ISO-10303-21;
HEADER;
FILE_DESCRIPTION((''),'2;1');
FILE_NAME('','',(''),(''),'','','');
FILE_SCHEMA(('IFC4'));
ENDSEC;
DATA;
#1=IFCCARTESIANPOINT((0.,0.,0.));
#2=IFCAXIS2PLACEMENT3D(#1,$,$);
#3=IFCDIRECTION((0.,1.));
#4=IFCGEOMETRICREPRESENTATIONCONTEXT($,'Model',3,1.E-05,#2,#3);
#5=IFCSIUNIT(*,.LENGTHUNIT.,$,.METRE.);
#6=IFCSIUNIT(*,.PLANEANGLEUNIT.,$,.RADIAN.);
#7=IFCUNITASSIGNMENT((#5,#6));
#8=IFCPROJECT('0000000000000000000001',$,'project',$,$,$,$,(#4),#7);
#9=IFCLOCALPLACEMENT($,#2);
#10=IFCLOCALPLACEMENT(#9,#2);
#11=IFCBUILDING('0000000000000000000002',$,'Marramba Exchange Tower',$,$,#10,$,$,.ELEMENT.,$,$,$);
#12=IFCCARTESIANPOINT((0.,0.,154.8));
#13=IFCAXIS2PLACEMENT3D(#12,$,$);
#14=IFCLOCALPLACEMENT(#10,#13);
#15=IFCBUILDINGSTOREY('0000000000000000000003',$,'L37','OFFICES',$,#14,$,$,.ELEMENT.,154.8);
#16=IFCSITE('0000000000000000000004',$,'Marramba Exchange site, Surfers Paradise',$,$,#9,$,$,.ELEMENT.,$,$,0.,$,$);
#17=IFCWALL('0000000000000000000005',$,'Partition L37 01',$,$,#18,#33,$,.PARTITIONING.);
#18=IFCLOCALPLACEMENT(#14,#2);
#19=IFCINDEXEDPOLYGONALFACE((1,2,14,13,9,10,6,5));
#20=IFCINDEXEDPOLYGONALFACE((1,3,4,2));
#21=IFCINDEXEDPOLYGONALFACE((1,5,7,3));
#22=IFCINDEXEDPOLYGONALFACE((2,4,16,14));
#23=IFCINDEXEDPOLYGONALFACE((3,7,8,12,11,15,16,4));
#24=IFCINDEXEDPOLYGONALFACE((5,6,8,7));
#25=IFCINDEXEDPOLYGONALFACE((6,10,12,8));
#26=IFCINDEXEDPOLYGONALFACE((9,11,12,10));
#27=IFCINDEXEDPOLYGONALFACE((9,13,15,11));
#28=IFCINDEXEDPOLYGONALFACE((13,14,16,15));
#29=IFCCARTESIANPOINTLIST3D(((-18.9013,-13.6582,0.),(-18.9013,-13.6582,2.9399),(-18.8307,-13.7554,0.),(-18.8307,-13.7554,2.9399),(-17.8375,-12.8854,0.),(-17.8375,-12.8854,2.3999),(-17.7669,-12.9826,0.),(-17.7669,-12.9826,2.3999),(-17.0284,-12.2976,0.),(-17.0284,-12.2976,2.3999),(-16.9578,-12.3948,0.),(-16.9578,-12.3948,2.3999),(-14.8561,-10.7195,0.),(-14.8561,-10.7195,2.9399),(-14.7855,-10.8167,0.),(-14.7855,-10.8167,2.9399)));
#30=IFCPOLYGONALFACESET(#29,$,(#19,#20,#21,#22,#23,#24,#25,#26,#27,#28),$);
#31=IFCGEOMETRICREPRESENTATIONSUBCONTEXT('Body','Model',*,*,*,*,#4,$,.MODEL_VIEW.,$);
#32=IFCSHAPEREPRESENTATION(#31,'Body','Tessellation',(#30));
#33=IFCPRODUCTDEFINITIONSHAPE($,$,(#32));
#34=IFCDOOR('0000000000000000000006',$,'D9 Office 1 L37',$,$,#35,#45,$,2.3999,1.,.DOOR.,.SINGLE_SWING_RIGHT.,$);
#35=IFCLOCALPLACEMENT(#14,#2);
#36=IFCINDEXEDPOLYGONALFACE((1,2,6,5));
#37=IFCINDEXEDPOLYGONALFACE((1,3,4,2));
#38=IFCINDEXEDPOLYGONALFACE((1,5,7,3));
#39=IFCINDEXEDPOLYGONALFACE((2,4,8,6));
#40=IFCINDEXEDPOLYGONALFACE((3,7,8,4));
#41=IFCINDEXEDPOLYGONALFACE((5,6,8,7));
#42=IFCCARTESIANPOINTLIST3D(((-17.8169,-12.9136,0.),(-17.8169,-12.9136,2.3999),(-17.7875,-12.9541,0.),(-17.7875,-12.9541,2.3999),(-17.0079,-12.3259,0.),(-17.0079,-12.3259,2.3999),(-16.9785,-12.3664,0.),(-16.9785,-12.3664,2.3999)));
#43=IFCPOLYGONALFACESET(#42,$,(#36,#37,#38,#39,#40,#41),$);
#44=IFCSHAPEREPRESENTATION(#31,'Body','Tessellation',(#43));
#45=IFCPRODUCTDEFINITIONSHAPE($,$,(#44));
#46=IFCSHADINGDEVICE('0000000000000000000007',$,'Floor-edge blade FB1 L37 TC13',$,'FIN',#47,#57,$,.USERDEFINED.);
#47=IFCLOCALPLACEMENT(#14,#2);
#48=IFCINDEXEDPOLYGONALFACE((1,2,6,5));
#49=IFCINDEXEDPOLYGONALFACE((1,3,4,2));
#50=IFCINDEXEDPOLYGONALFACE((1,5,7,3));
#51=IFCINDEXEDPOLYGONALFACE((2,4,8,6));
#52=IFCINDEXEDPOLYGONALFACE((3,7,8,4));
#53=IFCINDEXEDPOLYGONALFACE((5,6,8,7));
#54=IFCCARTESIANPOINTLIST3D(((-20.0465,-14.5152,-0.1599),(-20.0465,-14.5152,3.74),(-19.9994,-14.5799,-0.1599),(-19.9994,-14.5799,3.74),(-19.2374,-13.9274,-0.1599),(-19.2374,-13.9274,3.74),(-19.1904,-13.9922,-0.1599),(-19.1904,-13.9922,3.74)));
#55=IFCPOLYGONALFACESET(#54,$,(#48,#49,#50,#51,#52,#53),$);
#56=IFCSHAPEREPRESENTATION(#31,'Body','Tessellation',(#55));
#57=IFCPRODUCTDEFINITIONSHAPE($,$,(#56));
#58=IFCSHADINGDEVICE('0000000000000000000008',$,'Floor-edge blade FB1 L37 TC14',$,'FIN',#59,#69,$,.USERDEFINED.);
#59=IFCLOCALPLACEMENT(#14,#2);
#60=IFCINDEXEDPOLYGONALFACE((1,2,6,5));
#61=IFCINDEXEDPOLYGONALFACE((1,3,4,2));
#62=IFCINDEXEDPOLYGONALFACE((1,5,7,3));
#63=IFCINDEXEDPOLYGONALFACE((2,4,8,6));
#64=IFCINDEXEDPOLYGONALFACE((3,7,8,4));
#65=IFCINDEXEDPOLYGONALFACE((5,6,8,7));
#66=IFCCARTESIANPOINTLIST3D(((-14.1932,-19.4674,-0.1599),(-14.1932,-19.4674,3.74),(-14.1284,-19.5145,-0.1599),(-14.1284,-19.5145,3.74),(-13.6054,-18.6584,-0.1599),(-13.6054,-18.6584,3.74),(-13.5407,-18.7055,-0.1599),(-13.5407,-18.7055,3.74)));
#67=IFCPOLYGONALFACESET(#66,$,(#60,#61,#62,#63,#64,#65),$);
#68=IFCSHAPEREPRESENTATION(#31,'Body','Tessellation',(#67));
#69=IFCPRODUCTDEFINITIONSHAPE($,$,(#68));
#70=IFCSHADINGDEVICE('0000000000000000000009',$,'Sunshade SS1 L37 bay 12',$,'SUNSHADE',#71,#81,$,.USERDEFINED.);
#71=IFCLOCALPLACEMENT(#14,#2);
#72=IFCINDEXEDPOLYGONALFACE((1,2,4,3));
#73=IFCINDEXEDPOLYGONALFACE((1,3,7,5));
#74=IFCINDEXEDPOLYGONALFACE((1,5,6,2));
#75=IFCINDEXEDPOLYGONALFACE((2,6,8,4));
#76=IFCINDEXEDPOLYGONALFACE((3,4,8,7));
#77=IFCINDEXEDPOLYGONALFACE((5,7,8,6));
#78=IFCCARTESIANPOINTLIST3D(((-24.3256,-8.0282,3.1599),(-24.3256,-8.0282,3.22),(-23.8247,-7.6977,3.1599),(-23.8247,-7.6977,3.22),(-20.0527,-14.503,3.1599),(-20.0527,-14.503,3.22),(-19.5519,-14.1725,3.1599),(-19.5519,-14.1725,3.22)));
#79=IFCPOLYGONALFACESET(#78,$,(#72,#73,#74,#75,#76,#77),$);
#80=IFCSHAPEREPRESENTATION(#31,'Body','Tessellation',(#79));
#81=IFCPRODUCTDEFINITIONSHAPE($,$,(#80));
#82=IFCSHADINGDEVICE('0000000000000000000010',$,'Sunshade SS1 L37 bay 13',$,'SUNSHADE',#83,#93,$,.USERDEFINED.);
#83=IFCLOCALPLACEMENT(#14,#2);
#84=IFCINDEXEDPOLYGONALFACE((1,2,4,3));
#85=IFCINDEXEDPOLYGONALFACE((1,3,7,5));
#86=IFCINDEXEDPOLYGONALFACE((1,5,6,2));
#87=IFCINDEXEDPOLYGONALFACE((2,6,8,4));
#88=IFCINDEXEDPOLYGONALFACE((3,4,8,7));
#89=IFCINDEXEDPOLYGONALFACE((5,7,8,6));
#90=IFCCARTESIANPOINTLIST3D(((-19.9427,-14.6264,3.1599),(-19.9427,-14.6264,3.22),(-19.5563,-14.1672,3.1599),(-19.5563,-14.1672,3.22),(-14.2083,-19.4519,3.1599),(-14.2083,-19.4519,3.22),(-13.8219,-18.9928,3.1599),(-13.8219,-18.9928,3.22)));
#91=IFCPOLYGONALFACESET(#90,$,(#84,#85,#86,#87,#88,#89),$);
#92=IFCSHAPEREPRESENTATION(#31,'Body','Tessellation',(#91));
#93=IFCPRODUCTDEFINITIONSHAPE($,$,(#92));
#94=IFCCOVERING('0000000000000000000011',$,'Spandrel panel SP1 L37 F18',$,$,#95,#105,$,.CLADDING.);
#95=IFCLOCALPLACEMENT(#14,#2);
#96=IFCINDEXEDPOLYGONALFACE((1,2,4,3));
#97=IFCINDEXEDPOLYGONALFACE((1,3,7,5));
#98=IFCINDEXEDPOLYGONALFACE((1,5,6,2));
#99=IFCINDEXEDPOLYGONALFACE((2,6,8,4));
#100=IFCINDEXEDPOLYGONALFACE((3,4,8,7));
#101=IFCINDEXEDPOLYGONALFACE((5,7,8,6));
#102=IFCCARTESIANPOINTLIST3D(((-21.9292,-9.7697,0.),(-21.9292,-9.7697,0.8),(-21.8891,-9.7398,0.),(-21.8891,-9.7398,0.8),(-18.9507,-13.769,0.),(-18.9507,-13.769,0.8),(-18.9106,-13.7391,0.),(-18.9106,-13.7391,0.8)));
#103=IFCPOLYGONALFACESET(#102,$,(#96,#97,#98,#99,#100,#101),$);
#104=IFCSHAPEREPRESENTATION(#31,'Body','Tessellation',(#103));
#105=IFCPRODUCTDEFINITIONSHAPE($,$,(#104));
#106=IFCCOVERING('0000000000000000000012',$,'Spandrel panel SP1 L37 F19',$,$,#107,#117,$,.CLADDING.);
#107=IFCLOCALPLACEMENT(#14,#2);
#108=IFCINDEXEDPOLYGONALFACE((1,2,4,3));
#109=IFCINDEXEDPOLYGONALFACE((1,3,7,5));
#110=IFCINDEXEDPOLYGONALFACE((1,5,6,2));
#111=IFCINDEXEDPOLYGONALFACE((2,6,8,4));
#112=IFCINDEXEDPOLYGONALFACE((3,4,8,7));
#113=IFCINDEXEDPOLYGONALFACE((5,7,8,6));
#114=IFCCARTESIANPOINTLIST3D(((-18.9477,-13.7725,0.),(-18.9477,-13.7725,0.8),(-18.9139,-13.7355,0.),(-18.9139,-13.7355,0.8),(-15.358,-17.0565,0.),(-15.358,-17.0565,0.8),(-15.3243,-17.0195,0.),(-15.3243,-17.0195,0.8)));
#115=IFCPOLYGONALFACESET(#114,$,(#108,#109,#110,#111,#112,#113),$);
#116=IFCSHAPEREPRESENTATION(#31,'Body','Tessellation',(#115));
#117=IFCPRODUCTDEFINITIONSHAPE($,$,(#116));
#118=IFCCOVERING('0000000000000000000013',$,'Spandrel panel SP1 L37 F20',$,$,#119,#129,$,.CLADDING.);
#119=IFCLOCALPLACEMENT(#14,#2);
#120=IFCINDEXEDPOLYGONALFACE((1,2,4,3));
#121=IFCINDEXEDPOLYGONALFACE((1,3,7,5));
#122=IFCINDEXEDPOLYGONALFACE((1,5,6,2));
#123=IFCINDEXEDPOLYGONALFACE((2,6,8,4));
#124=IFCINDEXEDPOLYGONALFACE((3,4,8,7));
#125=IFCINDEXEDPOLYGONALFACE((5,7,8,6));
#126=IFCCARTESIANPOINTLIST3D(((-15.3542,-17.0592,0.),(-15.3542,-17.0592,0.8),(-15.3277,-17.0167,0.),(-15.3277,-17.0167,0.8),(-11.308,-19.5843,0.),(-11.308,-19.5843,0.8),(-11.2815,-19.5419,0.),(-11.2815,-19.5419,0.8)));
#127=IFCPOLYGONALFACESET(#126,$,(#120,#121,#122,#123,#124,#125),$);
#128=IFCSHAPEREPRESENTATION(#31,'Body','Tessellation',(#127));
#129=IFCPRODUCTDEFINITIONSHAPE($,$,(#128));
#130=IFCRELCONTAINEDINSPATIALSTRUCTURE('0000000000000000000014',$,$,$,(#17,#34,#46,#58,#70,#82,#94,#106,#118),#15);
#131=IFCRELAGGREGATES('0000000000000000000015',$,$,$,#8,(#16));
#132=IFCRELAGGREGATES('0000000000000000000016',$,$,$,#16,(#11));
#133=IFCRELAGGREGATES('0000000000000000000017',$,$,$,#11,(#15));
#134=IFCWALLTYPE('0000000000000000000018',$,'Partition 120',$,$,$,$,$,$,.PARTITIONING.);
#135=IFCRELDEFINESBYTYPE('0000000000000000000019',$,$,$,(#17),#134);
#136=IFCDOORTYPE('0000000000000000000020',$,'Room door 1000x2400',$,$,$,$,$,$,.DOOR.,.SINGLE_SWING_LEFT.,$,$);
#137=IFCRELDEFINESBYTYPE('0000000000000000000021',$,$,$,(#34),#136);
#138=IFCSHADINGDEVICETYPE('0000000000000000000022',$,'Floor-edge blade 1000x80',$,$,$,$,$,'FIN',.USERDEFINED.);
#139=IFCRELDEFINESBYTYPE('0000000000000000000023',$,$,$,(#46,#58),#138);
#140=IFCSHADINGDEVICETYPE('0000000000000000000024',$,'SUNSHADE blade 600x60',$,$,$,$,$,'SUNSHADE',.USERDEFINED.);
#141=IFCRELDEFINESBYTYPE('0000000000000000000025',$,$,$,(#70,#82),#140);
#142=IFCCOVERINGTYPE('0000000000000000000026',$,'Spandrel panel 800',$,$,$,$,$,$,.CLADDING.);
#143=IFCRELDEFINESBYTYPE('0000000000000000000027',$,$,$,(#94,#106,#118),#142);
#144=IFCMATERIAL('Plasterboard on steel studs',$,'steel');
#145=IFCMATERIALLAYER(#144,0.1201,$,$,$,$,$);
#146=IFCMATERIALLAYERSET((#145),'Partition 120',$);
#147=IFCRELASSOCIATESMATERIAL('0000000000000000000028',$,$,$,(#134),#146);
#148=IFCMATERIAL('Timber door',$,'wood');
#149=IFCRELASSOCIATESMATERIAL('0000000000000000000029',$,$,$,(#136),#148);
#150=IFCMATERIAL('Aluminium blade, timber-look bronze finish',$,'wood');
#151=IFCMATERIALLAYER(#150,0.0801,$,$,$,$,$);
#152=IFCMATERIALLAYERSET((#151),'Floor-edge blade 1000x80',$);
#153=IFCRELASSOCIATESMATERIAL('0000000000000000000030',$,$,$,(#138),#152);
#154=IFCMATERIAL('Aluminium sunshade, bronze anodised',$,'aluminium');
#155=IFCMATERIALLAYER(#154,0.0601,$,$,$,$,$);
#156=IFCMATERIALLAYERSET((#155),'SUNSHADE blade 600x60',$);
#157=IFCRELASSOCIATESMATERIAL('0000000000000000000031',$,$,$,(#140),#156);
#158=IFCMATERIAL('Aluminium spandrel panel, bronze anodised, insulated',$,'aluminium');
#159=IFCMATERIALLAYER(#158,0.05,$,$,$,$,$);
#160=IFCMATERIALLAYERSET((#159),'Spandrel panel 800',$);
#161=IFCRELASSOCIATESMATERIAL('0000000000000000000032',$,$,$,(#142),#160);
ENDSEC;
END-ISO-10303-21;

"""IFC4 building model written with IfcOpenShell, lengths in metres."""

from ifc_helpers import new_model, si_unit, direction, frame, frame_2d, origin, origin_2d, place, context, subcontext, project, spatial, rectangle, extrude, material, layer, layer_set, type_object, element, fill, save


model = new_model("IFC4")

# Units and contexts
model_context = context("Model", 3, precision=1e-05, world=origin(), true_north=direction((0.0, 1.0)))
body_context = subcontext(model_context, "Body", "Model", "MODEL_VIEW")
ifc_project = project(units=[si_unit("LENGTHUNIT", "METRE"), si_unit("PLANEANGLEUNIT", "RADIAN")], contexts=[model_context])

# Site, building, storey
site_placement = place(None, origin())
site = spatial("IfcSite", under=ifc_project, at=site_placement, Name="Marramba Exchange site, Surfers Paradise", CompositionType="ELEMENT", RefElevation=0.0)
building_placement = place(site_placement, origin())
building = spatial("IfcBuilding", under=site, at=building_placement, Name="Marramba Exchange Tower", CompositionType="ELEMENT")
storey_placement = place(building_placement, frame((0.0, 0.0, 154.8)))
storey = spatial("IfcBuildingStorey", under=building, at=storey_placement, Name="L37", Description="OFFICES", CompositionType="ELEMENT", Elevation=154.8)

# Wall, opening, door
ifc_material_1 = material(Name="Plasterboard on steel studs", Category="steel")
ifc_layer_1 = layer(ifc_material_1, 0.1201)
ifc_layer_set_1 = layer_set([ifc_layer_1], Name="Partition 120")
wall_type_1 = type_object("IfcWallType", Name="Partition 120", PredefinedType="PARTITIONING", material=ifc_layer_set_1)
wall_1_placement = place(storey_placement, frame((-14.8208, -10.7681, 0.0), z_axis=(0.0, 0.0, 1.0), x_axis=(-0.809042, -0.587751, 0.0)))
wall_1 = element("IfcWall", 1, at=wall_1_placement, inside=storey, type_object=wall_type_1, Name="Partition L37 01", PredefinedType="PARTITIONING", context=body_context, shape_type="SweptSolid", body=[
    extrude(rectangle(XDim=5.0, YDim=0.1201, at=frame_2d((2.5, 0.0))), origin(), (0.0, 0.0, 1.0), 2.9399),
])
opening_1_placement = place(wall_1_placement, frame((2.6851, 0.0, 0.0)))
opening_1 = element("IfcOpeningElement", 2, at=opening_1_placement, cuts=wall_1, PredefinedType="OPENING", context=body_context, shape_type="SweptSolid", body=[
    extrude(rectangle(XDim=1.0, YDim=2.3999, at=frame_2d((0.5, 1.2))), frame((0.0, 0.0701, 0.0), z_axis=(0.0, -1.0, 0.0), x_axis=(1.0, 0.0, 0.0)), (0.0, 0.0, 1.0), 0.1401),
])
ifc_material_2 = material(Name="Timber door", Category="wood")
door_type_1 = type_object("IfcDoorType", Name="Room door 1000x2400", OperationType="SINGLE_SWING_LEFT", PredefinedType="DOOR", material=ifc_material_2)
door_1_placement = place(opening_1_placement, origin())
door_1 = element("IfcDoor", 3, at=door_1_placement, inside=storey, type_object=door_type_1, Name="D9 Office 1 L37", OperationType="SINGLE_SWING_RIGHT", OverallHeight=2.3999, OverallWidth=1.0, PredefinedType="DOOR", context=body_context, shape_type="SweptSolid", body=[
    extrude(rectangle(XDim=1.0, YDim=2.3999, at=frame_2d((0.5, 1.2))), frame((0.0, 0.0249, 0.0), z_axis=(0.0, -1.0, 0.0), x_axis=(1.0, 0.0, 0.0)), (0.0, 0.0, 1.0), 0.05),
])
fill(opening_1, door_1)

# Shading devices
ifc_material_3 = material(Name="Aluminium blade, timber-look bronze finish", Category="wood")
ifc_layer_2 = layer(ifc_material_3, 0.0801)
ifc_layer_set_2 = layer_set([ifc_layer_2], Name="Floor-edge blade 1000x80")
shading_device_type_1 = type_object("IfcShadingDeviceType", Name="Floor-edge blade 1000x80", ElementType="FIN", PredefinedType="USERDEFINED", material=ifc_layer_set_2)
for number, where, z_axis, x_axis, name in (
    (4, (-19.6184, -14.2537, -0.1599), (0.0, 0.0, 1.0), (-0.809017, -0.587785, 0.0), "Floor-edge blade FB1 L37 TC13"),
    (5, (-13.8669, -19.0864, -0.1599), (0.0, 0.0, 1.0), (-0.587785, -0.809017, 0.0), "Floor-edge blade FB1 L37 TC14"),
):
    element("IfcShadingDevice", number, at=place(storey_placement, frame(where, z_axis=z_axis, x_axis=x_axis)), inside=storey, type_object=shading_device_type_1, Name=name, ObjectType="FIN", PredefinedType="USERDEFINED", context=body_context, shape_type="SweptSolid", body=[
        extrude(rectangle(XDim=1.0, YDim=0.0801, at=origin_2d()), origin(), (0.0, 0.0, 1.0), 3.8999),
    ])
ifc_material_4 = material(Name="Aluminium sunshade, bronze anodised", Category="aluminium")
ifc_layer_3 = layer(ifc_material_4, 0.0601)
ifc_layer_set_3 = layer_set([ifc_layer_3], Name="SUNSHADE blade 600x60")
shading_device_type_2 = type_object("IfcShadingDeviceType", Name="SUNSHADE blade 600x60", ElementType="SUNSHADE", PredefinedType="USERDEFINED", material=ifc_layer_set_3)
shading_device_1_placement = place(storey_placement, frame((-21.9387, -11.1003, 3.1599), z_axis=(0.0, 0.0, 1.0), x_axis=(0.550792, -0.834642, 0.0)))
element("IfcShadingDevice", 6, at=shading_device_1_placement, inside=storey, type_object=shading_device_type_2, Name="Sunshade SS1 L37 bay 12", ObjectType="SUNSHADE", PredefinedType="USERDEFINED", context=body_context, shape_type="SweptSolid", body=[
    extrude(rectangle(XDim=7.7576, YDim=0.6001, at=origin_2d()), origin(), (0.0, 0.0, 1.0), 0.0601),
])
shading_device_2_placement = place(storey_placement, frame((-16.8823, -16.8096, 3.1599), z_axis=(0.0, 0.0, 1.0), x_axis=(0.765139, -0.643866, 0.0)))
element("IfcShadingDevice", 7, at=shading_device_2_placement, inside=storey, type_object=shading_device_type_2, Name="Sunshade SS1 L37 bay 13", ObjectType="SUNSHADE", PredefinedType="USERDEFINED", context=body_context, shape_type="SweptSolid", body=[
    extrude(rectangle(XDim=7.4946, YDim=0.6001, at=origin_2d()), origin(), (0.0, 0.0, 1.0), 0.0601),
])

# Coverings
ifc_material_5 = material(Name="Aluminium spandrel panel, bronze anodised, insulated", Category="aluminium")
ifc_layer_4 = layer(ifc_material_5, 0.05)
ifc_layer_set_4 = layer_set([ifc_layer_4], Name="Spandrel panel 800")
covering_type = type_object("IfcCoveringType", Name="Spandrel panel 800", PredefinedType="CLADDING", material=ifc_layer_set_4)
covering_1_placement = place(storey_placement, frame((-20.4199, -11.7544, 0.0), z_axis=(0.0, 0.0, 1.0), x_axis=(0.597305, -0.802014, 0.0)))
element("IfcCovering", 8, at=covering_1_placement, inside=storey, type_object=covering_type, Name="Spandrel panel SP1 L37 F18", PredefinedType="CLADDING", context=body_context, shape_type="SweptSolid", body=[
    extrude(rectangle(XDim=4.9866, YDim=0.05, at=origin_2d()), origin(), (0.0, 0.0, 1.0), 0.8),
])
covering_2_placement = place(storey_placement, frame((-17.136, -15.396, 0.0), z_axis=(0.0, 0.0, 1.0), x_axis=(0.737822, -0.674995, 0.0)))
element("IfcCovering", 9, at=covering_2_placement, inside=storey, type_object=covering_type, Name="Spandrel panel SP1 L37 F19", PredefinedType="CLADDING", context=body_context, shape_type="SweptSolid", body=[
    extrude(rectangle(XDim=4.8652, YDim=0.05, at=origin_2d()), origin(), (0.0, 0.0, 1.0), 0.8),
])
covering_3_placement = place(storey_placement, frame((-13.3179, -18.3005, 0.0), z_axis=(0.0, 0.0, 1.0), x_axis=(0.848355, -0.529428, 0.0)))
element("IfcCovering", 10, at=covering_3_placement, inside=storey, type_object=covering_type, Name="Spandrel panel SP1 L37 F20", PredefinedType="CLADDING", context=body_context, shape_type="SweptSolid", body=[
    extrude(rectangle(XDim=4.7695, YDim=0.05, at=origin_2d()), origin(), (0.0, 0.0, 1.0), 0.8),
])

save(model, "model.ifc")
